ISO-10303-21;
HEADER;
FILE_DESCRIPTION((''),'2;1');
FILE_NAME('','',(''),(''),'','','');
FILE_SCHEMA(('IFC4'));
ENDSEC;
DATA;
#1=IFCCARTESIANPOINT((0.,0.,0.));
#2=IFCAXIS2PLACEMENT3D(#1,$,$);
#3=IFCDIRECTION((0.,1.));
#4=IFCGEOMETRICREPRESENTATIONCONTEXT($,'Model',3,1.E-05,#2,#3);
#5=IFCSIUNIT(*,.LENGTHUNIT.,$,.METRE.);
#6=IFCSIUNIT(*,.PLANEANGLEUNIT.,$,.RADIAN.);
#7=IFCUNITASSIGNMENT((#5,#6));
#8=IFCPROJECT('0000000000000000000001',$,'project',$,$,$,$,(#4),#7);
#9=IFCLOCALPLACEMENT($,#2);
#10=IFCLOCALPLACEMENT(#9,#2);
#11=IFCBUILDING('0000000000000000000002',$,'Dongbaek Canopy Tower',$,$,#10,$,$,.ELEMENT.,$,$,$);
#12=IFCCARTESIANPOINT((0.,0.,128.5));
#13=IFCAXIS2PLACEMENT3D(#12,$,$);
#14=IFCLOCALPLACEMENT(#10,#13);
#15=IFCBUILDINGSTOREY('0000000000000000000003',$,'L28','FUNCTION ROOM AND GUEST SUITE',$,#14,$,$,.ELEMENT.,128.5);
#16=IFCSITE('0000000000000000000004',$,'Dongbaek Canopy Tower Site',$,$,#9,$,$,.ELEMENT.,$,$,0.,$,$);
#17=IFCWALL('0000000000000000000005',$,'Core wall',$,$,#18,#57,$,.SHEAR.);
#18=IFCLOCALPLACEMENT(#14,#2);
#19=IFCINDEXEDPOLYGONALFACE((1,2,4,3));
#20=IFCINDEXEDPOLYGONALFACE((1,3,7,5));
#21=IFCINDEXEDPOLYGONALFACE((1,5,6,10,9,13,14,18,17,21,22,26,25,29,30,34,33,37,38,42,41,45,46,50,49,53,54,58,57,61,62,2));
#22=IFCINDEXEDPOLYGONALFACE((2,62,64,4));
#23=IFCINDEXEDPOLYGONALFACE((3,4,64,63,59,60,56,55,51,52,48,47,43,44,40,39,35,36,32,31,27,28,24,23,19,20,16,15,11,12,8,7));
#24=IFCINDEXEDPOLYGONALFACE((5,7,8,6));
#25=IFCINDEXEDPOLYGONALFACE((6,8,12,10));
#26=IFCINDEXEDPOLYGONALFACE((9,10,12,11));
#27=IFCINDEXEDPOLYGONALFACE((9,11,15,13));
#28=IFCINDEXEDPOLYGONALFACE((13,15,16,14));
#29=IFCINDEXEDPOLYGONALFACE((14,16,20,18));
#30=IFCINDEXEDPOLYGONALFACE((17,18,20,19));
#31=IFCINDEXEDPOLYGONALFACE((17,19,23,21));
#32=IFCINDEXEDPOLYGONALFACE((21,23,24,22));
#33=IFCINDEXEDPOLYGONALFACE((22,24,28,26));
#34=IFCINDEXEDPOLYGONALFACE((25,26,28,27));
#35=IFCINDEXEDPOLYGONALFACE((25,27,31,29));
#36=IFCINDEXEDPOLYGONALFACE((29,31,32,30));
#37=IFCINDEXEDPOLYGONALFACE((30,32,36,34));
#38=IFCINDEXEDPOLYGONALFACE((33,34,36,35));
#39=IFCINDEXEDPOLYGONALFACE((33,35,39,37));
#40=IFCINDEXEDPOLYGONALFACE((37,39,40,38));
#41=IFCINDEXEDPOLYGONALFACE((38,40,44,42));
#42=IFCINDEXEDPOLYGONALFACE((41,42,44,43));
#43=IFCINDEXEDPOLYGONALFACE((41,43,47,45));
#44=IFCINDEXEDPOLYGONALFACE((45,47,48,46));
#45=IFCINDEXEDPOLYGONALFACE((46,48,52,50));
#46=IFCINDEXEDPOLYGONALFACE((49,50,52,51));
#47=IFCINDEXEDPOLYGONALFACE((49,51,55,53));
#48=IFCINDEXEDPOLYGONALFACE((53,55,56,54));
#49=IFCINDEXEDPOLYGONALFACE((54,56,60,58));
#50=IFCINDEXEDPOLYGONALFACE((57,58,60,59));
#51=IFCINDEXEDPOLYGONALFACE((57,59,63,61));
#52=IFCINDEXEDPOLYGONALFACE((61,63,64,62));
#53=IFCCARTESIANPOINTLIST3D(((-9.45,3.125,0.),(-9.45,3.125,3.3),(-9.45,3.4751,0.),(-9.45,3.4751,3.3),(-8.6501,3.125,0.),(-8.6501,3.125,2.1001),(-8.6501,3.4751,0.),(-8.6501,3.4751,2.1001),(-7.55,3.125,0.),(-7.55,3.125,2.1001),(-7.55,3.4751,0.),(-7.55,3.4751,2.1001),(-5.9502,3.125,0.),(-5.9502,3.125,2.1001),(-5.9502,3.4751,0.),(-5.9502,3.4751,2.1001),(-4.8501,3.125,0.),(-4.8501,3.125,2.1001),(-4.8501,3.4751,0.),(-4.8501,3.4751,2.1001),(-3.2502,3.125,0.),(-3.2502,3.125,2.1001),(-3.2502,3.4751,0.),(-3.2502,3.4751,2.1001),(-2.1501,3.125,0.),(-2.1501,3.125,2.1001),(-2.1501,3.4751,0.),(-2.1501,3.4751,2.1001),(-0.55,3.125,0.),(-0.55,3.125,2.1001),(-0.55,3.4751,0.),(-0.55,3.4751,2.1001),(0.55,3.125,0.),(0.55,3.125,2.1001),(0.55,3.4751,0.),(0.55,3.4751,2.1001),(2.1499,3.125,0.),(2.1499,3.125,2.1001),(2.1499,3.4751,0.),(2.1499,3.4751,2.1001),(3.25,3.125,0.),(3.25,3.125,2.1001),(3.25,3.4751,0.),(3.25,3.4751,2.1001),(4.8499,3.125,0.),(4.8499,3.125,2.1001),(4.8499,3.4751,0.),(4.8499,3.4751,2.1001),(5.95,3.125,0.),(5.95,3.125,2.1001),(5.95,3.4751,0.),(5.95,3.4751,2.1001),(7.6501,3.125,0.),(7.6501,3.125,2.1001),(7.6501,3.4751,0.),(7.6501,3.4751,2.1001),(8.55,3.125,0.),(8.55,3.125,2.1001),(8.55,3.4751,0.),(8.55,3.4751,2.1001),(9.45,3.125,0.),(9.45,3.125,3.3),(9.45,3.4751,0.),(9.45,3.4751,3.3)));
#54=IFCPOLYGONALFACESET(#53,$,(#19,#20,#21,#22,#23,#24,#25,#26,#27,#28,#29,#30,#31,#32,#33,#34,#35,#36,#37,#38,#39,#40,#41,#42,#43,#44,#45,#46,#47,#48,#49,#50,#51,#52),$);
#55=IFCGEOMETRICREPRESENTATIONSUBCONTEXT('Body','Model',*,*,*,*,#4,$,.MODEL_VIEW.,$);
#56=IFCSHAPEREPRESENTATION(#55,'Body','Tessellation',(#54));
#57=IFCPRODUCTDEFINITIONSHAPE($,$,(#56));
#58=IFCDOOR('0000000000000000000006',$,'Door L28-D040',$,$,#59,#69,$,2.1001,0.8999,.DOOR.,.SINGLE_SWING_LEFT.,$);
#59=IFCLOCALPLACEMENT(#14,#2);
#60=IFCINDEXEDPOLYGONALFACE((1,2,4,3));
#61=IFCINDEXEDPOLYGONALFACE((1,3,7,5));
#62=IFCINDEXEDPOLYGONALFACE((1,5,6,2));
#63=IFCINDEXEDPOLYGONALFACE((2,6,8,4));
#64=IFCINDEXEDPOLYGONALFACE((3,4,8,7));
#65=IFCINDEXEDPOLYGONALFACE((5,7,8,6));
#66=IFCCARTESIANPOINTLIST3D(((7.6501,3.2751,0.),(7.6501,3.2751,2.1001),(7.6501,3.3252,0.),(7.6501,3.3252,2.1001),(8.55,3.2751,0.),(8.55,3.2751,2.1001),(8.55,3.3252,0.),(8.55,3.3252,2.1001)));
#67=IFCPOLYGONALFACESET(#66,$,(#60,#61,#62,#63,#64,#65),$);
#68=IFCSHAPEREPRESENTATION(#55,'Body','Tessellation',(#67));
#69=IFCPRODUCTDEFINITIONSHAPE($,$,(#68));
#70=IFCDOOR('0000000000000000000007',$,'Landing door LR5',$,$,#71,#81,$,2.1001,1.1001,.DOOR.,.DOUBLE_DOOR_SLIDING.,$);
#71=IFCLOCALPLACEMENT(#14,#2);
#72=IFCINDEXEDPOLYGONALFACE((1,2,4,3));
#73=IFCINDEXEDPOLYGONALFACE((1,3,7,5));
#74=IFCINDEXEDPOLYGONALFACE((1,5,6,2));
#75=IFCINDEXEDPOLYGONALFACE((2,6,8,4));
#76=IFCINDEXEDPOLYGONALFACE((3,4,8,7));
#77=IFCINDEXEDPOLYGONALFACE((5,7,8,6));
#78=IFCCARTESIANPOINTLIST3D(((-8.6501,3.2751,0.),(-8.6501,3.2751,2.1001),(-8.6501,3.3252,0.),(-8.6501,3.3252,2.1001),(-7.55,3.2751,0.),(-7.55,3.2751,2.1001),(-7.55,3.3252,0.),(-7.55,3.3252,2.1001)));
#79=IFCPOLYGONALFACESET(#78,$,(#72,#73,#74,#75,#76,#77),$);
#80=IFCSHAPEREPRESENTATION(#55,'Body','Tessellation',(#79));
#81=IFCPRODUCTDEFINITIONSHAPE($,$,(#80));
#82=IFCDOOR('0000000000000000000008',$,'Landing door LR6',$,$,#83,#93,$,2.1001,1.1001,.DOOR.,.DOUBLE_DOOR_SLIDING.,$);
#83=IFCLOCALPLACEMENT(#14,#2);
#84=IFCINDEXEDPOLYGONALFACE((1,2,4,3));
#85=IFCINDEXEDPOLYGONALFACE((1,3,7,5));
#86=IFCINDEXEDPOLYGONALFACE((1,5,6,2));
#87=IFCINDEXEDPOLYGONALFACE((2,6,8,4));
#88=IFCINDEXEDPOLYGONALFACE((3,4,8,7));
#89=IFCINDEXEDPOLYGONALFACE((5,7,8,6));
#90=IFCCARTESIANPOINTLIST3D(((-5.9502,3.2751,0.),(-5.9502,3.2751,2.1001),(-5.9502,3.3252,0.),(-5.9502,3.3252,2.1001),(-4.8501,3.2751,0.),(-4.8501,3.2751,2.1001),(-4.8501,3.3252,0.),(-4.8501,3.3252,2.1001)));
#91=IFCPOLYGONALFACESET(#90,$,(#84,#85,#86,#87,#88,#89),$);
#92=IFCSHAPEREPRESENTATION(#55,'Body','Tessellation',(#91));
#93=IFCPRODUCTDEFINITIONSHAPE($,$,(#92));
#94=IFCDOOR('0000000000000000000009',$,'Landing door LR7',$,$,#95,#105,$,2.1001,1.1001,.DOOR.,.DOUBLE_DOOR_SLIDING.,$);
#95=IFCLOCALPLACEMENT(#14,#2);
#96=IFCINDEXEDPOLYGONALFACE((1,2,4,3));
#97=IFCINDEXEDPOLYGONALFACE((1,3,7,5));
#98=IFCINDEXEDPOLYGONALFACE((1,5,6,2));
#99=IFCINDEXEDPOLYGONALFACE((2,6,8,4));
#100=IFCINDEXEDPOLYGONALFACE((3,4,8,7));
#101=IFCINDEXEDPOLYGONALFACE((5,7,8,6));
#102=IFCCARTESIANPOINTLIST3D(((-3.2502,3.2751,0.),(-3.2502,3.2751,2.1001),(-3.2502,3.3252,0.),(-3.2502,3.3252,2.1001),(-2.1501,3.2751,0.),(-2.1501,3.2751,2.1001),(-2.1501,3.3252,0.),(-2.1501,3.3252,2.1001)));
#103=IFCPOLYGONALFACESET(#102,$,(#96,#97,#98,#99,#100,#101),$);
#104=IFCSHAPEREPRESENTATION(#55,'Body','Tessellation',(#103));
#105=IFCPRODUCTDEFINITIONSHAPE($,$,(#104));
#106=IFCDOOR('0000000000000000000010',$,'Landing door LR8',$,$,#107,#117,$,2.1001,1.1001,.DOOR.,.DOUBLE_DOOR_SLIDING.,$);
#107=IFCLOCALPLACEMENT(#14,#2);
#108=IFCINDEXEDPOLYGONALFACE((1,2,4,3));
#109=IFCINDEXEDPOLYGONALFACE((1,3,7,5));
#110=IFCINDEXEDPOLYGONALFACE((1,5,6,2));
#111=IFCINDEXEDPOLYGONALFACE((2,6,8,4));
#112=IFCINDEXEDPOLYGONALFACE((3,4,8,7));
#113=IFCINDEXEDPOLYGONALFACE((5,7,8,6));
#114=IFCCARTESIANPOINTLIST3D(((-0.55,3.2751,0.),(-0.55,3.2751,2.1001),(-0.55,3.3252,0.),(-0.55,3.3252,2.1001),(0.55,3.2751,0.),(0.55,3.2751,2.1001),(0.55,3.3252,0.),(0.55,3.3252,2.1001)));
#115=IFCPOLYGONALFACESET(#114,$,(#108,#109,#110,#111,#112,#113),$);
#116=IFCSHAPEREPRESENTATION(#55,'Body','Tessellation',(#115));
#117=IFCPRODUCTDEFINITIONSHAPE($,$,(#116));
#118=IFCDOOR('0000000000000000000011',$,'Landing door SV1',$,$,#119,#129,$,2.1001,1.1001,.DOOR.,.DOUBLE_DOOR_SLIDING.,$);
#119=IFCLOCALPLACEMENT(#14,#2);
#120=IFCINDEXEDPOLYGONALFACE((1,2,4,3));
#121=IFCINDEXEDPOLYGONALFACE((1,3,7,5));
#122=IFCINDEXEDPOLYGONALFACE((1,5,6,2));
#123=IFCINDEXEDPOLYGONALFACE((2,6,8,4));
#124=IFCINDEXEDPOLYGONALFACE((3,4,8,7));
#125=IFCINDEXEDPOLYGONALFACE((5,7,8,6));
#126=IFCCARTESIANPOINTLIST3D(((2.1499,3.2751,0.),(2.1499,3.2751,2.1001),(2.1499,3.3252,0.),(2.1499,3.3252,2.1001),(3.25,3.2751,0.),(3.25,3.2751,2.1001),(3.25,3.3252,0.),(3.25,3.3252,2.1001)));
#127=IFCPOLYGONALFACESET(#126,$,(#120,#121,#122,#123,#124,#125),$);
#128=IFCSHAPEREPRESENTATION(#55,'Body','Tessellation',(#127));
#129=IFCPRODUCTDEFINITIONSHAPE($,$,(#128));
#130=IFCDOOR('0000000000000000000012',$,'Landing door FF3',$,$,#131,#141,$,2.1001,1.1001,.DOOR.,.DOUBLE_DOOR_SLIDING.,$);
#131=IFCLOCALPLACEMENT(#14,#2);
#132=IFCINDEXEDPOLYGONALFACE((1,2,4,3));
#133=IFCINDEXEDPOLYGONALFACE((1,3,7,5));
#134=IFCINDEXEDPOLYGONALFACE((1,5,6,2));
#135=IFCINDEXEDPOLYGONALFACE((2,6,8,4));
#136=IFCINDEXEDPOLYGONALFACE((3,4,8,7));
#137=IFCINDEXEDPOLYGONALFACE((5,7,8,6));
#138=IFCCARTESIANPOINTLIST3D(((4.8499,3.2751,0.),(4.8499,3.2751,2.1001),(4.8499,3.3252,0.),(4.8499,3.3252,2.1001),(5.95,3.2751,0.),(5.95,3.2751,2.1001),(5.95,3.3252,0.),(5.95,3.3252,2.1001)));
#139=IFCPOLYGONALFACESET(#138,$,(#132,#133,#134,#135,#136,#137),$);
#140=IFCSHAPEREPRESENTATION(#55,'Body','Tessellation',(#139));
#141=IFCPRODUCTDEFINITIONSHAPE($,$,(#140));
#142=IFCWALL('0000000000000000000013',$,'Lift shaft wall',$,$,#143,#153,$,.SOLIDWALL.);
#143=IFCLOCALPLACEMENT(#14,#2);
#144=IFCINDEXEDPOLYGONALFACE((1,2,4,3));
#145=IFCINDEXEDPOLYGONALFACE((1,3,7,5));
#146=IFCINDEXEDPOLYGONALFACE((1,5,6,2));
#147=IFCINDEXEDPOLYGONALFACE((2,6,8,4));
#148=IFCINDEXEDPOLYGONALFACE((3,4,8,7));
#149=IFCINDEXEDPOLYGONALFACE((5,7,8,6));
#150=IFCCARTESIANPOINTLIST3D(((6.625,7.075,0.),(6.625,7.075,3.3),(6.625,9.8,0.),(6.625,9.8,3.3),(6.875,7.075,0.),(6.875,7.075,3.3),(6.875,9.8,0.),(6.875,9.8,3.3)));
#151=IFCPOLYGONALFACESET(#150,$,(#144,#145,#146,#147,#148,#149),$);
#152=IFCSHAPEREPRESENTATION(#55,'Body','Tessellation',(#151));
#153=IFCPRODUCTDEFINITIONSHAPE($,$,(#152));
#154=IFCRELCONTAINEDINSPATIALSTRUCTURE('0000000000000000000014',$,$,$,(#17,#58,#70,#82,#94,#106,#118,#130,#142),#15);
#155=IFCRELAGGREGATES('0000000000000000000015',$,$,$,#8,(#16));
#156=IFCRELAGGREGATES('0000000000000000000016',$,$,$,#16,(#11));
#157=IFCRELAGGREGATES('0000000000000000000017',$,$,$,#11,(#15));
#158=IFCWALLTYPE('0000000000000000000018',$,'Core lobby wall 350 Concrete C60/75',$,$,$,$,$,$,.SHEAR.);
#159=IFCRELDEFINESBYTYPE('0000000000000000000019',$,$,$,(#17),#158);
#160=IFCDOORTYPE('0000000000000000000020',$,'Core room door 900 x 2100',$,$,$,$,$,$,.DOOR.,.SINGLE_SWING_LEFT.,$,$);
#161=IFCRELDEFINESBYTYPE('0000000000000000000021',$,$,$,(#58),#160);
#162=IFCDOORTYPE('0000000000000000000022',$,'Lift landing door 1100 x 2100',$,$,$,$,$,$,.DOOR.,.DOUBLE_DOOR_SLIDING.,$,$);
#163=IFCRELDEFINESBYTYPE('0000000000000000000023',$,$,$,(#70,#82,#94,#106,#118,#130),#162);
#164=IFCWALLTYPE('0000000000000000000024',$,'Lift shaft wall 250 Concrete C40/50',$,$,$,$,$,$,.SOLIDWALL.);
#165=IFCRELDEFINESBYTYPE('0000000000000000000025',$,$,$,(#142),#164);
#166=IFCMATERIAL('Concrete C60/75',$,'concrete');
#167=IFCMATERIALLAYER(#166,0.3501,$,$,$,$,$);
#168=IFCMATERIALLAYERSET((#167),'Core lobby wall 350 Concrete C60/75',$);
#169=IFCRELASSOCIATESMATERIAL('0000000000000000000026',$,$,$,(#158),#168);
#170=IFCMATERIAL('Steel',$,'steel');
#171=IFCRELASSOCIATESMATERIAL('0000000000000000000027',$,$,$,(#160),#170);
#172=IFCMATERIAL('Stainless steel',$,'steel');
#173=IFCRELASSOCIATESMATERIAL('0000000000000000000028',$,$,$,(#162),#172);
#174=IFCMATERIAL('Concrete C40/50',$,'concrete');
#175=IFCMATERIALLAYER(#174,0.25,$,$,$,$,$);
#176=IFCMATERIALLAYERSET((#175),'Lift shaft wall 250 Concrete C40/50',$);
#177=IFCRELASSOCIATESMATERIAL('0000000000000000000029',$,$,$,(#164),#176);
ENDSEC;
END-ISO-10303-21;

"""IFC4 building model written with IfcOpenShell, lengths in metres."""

from ifc_helpers import new_model, si_unit, direction, frame, frame_2d, origin, place, context, subcontext, project, spatial, rectangle, extrude, material, layer, layer_set, type_object, element, fill, save


model = new_model("IFC4")

# Units and contexts
model_context = context("Model", 3, precision=1e-05, world=origin(), true_north=direction((0.0, 1.0)))
body_context = subcontext(model_context, "Body", "Model", "MODEL_VIEW")
ifc_project = project(units=[si_unit("LENGTHUNIT", "METRE"), si_unit("PLANEANGLEUNIT", "RADIAN")], contexts=[model_context])

# Site, building, storey
site_placement = place(None, origin())
site = spatial("IfcSite", under=ifc_project, at=site_placement, Name="Dongbaek Canopy Tower Site", CompositionType="ELEMENT", RefElevation=0.0)
building_placement = place(site_placement, origin())
building = spatial("IfcBuilding", under=site, at=building_placement, Name="Dongbaek Canopy Tower", CompositionType="ELEMENT")
storey_placement = place(building_placement, frame((0.0, 0.0, 128.5)))
storey = spatial("IfcBuildingStorey", under=building, at=storey_placement, Name="L28", Description="FUNCTION ROOM AND GUEST SUITE", CompositionType="ELEMENT", Elevation=128.5)

# Wall, openings, doors
ifc_material_1 = material(Name="Concrete C60/75", Category="concrete")
ifc_layer_1 = layer(ifc_material_1, 0.3501)
ifc_layer_set_1 = layer_set([ifc_layer_1], Name="Core lobby wall 350 Concrete C60/75")
wall_type_1 = type_object("IfcWallType", Name="Core lobby wall 350 Concrete C60/75", PredefinedType="SHEAR", material=ifc_layer_set_1)
wall_1_placement = place(storey_placement, frame((9.45, 3.3, 0.0), z_axis=(0.0, 0.0, 1.0), x_axis=(-1.0, 0.0, 0.0)))
wall_1 = element("IfcWall", 1, at=wall_1_placement, inside=storey, type_object=wall_type_1, Name="Core wall", PredefinedType="SHEAR", context=body_context, shape_type="SweptSolid", body=[
    extrude(rectangle(XDim=18.8999, YDim=0.3501, at=frame_2d((9.45, 0.0))), origin(), (0.0, 0.0, 1.0), 3.3),
])
opening_1_placement = place(wall_1_placement, frame((17.0, 0.0, 0.0)))
opening_1 = element("IfcOpeningElement", 2, at=opening_1_placement, cuts=wall_1, PredefinedType="OPENING", context=body_context, shape_type="SweptSolid", body=[
    extrude(rectangle(XDim=1.1001, YDim=2.1001, at=frame_2d((0.55, 1.05))), frame((0.0, 0.1851, 0.0), z_axis=(0.0, -1.0, 0.0), x_axis=(1.0, 0.0, 0.0)), (0.0, 0.0, 1.0), 0.3701),
])
opening_2_placement = place(wall_1_placement, frame((14.3, 0.0, 0.0)))
opening_2 = element("IfcOpeningElement", 3, at=opening_2_placement, cuts=wall_1, PredefinedType="OPENING", context=body_context, shape_type="SweptSolid", body=[
    extrude(rectangle(XDim=1.1001, YDim=2.1001, at=frame_2d((0.55, 1.05))), frame((0.0, 0.1851, 0.0), z_axis=(0.0, -1.0, 0.0), x_axis=(1.0, 0.0, 0.0)), (0.0, 0.0, 1.0), 0.3701),
])
opening_3_placement = place(wall_1_placement, frame((11.6001, 0.0, 0.0)))
opening_3 = element("IfcOpeningElement", 4, at=opening_3_placement, cuts=wall_1, PredefinedType="OPENING", context=body_context, shape_type="SweptSolid", body=[
    extrude(rectangle(XDim=1.1001, YDim=2.1001, at=frame_2d((0.55, 1.05))), frame((0.0, 0.1851, 0.0), z_axis=(0.0, -1.0, 0.0), x_axis=(1.0, 0.0, 0.0)), (0.0, 0.0, 1.0), 0.3701),
])
opening_4_placement = place(wall_1_placement, frame((8.8999, 0.0, 0.0)))
opening_4 = element("IfcOpeningElement", 5, at=opening_4_placement, cuts=wall_1, PredefinedType="OPENING", context=body_context, shape_type="SweptSolid", body=[
    extrude(rectangle(XDim=1.1001, YDim=2.1001, at=frame_2d((0.55, 1.05))), frame((0.0, 0.1851, 0.0), z_axis=(0.0, -1.0, 0.0), x_axis=(1.0, 0.0, 0.0)), (0.0, 0.0, 1.0), 0.3701),
])
opening_5_placement = place(wall_1_placement, frame((6.2, 0.0, 0.0)))
opening_5 = element("IfcOpeningElement", 6, at=opening_5_placement, cuts=wall_1, PredefinedType="OPENING", context=body_context, shape_type="SweptSolid", body=[
    extrude(rectangle(XDim=1.1001, YDim=2.1001, at=frame_2d((0.55, 1.05))), frame((0.0, 0.1851, 0.0), z_axis=(0.0, -1.0, 0.0), x_axis=(1.0, 0.0, 0.0)), (0.0, 0.0, 1.0), 0.3701),
])
opening_6_placement = place(wall_1_placement, frame((3.5, 0.0, 0.0)))
opening_6 = element("IfcOpeningElement", 7, at=opening_6_placement, cuts=wall_1, PredefinedType="OPENING", context=body_context, shape_type="SweptSolid", body=[
    extrude(rectangle(XDim=1.1001, YDim=2.1001, at=frame_2d((0.55, 1.05))), frame((0.0, 0.1851, 0.0), z_axis=(0.0, -1.0, 0.0), x_axis=(1.0, 0.0, 0.0)), (0.0, 0.0, 1.0), 0.3701),
])
opening_7_placement = place(wall_1_placement, frame((0.8999, 0.0, 0.0)))
opening_7 = element("IfcOpeningElement", 8, at=opening_7_placement, cuts=wall_1, PredefinedType="OPENING", context=body_context, shape_type="SweptSolid", body=[
    extrude(rectangle(XDim=0.8999, YDim=2.1001, at=frame_2d((0.45, 1.05))), frame((0.0, 0.1851, 0.0), z_axis=(0.0, -1.0, 0.0), x_axis=(1.0, 0.0, 0.0)), (0.0, 0.0, 1.0), 0.3701),
])
ifc_material_2 = material(Name="Steel", Category="steel")
door_type_1 = type_object("IfcDoorType", Name="Core room door 900 x 2100", OperationType="SINGLE_SWING_LEFT", PredefinedType="DOOR", material=ifc_material_2)
door_1_placement = place(opening_7_placement, origin())
door_1 = element("IfcDoor", 9, at=door_1_placement, inside=storey, type_object=door_type_1, Name="Door L28-D040", OperationType="SINGLE_SWING_LEFT", OverallHeight=2.1001, OverallWidth=0.8999, PredefinedType="DOOR", context=body_context, shape_type="SweptSolid", body=[
    extrude(rectangle(XDim=0.8999, YDim=2.1001, at=frame_2d((0.45, 1.05))), frame((0.0, 0.0249, 0.0), z_axis=(0.0, -1.0, 0.0), x_axis=(1.0, 0.0, 0.0)), (0.0, 0.0, 1.0), 0.05),
])
fill(opening_7, door_1)
ifc_material_3 = material(Name="Stainless steel", Category="steel")
door_type_2 = type_object("IfcDoorType", Name="Lift landing door 1100 x 2100", OperationType="DOUBLE_DOOR_SLIDING", PredefinedType="DOOR", material=ifc_material_3)
door_2_placement = place(opening_1_placement, origin())
door_2 = element("IfcDoor", 10, at=door_2_placement, inside=storey, type_object=door_type_2, Name="Landing door LR5", OperationType="DOUBLE_DOOR_SLIDING", OverallHeight=2.1001, OverallWidth=1.1001, PredefinedType="DOOR", context=body_context, shape_type="SweptSolid", body=[
    extrude(rectangle(XDim=1.1001, YDim=2.1001, at=frame_2d((0.55, 1.05))), frame((0.0, 0.0249, 0.0), z_axis=(0.0, -1.0, 0.0), x_axis=(1.0, 0.0, 0.0)), (0.0, 0.0, 1.0), 0.05),
])
fill(opening_1, door_2)
door_3_placement = place(opening_2_placement, origin())
door_3 = element("IfcDoor", 11, at=door_3_placement, inside=storey, type_object=door_type_2, Name="Landing door LR6", OperationType="DOUBLE_DOOR_SLIDING", OverallHeight=2.1001, OverallWidth=1.1001, PredefinedType="DOOR", context=body_context, shape_type="SweptSolid", body=[
    extrude(rectangle(XDim=1.1001, YDim=2.1001, at=frame_2d((0.55, 1.05))), frame((0.0, 0.0249, 0.0), z_axis=(0.0, -1.0, 0.0), x_axis=(1.0, 0.0, 0.0)), (0.0, 0.0, 1.0), 0.05),
])
fill(opening_2, door_3)
door_4_placement = place(opening_3_placement, origin())
door_4 = element("IfcDoor", 12, at=door_4_placement, inside=storey, type_object=door_type_2, Name="Landing door LR7", OperationType="DOUBLE_DOOR_SLIDING", OverallHeight=2.1001, OverallWidth=1.1001, PredefinedType="DOOR", context=body_context, shape_type="SweptSolid", body=[
    extrude(rectangle(XDim=1.1001, YDim=2.1001, at=frame_2d((0.55, 1.05))), frame((0.0, 0.0249, 0.0), z_axis=(0.0, -1.0, 0.0), x_axis=(1.0, 0.0, 0.0)), (0.0, 0.0, 1.0), 0.05),
])
fill(opening_3, door_4)
door_5_placement = place(opening_4_placement, origin())
door_5 = element("IfcDoor", 13, at=door_5_placement, inside=storey, type_object=door_type_2, Name="Landing door LR8", OperationType="DOUBLE_DOOR_SLIDING", OverallHeight=2.1001, OverallWidth=1.1001, PredefinedType="DOOR", context=body_context, shape_type="SweptSolid", body=[
    extrude(rectangle(XDim=1.1001, YDim=2.1001, at=frame_2d((0.55, 1.05))), frame((0.0, 0.0249, 0.0), z_axis=(0.0, -1.0, 0.0), x_axis=(1.0, 0.0, 0.0)), (0.0, 0.0, 1.0), 0.05),
])
fill(opening_4, door_5)
door_6_placement = place(opening_5_placement, origin())
door_6 = element("IfcDoor", 14, at=door_6_placement, inside=storey, type_object=door_type_2, Name="Landing door SV1", OperationType="DOUBLE_DOOR_SLIDING", OverallHeight=2.1001, OverallWidth=1.1001, PredefinedType="DOOR", context=body_context, shape_type="SweptSolid", body=[
    extrude(rectangle(XDim=1.1001, YDim=2.1001, at=frame_2d((0.55, 1.05))), frame((0.0, 0.0249, 0.0), z_axis=(0.0, -1.0, 0.0), x_axis=(1.0, 0.0, 0.0)), (0.0, 0.0, 1.0), 0.05),
])
fill(opening_5, door_6)
door_7_placement = place(opening_6_placement, origin())
door_7 = element("IfcDoor", 15, at=door_7_placement, inside=storey, type_object=door_type_2, Name="Landing door FF3", OperationType="DOUBLE_DOOR_SLIDING", OverallHeight=2.1001, OverallWidth=1.1001, PredefinedType="DOOR", context=body_context, shape_type="SweptSolid", body=[
    extrude(rectangle(XDim=1.1001, YDim=2.1001, at=frame_2d((0.55, 1.05))), frame((0.0, 0.0249, 0.0), z_axis=(0.0, -1.0, 0.0), x_axis=(1.0, 0.0, 0.0)), (0.0, 0.0, 1.0), 0.05),
])
fill(opening_6, door_7)

# Wall
ifc_material_4 = material(Name="Concrete C40/50", Category="concrete")
ifc_layer_2 = layer(ifc_material_4, 0.25)
ifc_layer_set_2 = layer_set([ifc_layer_2], Name="Lift shaft wall 250 Concrete C40/50")
wall_type_2 = type_object("IfcWallType", Name="Lift shaft wall 250 Concrete C40/50", PredefinedType="SOLIDWALL", material=ifc_layer_set_2)
wall_2_placement = place(storey_placement, frame((6.75, 7.075, 0.0), z_axis=(0.0, 0.0, 1.0), x_axis=(0.0, 1.0, 0.0)))
element("IfcWall", 16, at=wall_2_placement, inside=storey, type_object=wall_type_2, Name="Lift shaft wall", PredefinedType="SOLIDWALL", context=body_context, shape_type="SweptSolid", body=[
    extrude(rectangle(XDim=2.7251, YDim=0.25, at=frame_2d((1.3625, 0.0))), origin(), (0.0, 0.0, 1.0), 3.3),
])

save(model, "model.ifc")
